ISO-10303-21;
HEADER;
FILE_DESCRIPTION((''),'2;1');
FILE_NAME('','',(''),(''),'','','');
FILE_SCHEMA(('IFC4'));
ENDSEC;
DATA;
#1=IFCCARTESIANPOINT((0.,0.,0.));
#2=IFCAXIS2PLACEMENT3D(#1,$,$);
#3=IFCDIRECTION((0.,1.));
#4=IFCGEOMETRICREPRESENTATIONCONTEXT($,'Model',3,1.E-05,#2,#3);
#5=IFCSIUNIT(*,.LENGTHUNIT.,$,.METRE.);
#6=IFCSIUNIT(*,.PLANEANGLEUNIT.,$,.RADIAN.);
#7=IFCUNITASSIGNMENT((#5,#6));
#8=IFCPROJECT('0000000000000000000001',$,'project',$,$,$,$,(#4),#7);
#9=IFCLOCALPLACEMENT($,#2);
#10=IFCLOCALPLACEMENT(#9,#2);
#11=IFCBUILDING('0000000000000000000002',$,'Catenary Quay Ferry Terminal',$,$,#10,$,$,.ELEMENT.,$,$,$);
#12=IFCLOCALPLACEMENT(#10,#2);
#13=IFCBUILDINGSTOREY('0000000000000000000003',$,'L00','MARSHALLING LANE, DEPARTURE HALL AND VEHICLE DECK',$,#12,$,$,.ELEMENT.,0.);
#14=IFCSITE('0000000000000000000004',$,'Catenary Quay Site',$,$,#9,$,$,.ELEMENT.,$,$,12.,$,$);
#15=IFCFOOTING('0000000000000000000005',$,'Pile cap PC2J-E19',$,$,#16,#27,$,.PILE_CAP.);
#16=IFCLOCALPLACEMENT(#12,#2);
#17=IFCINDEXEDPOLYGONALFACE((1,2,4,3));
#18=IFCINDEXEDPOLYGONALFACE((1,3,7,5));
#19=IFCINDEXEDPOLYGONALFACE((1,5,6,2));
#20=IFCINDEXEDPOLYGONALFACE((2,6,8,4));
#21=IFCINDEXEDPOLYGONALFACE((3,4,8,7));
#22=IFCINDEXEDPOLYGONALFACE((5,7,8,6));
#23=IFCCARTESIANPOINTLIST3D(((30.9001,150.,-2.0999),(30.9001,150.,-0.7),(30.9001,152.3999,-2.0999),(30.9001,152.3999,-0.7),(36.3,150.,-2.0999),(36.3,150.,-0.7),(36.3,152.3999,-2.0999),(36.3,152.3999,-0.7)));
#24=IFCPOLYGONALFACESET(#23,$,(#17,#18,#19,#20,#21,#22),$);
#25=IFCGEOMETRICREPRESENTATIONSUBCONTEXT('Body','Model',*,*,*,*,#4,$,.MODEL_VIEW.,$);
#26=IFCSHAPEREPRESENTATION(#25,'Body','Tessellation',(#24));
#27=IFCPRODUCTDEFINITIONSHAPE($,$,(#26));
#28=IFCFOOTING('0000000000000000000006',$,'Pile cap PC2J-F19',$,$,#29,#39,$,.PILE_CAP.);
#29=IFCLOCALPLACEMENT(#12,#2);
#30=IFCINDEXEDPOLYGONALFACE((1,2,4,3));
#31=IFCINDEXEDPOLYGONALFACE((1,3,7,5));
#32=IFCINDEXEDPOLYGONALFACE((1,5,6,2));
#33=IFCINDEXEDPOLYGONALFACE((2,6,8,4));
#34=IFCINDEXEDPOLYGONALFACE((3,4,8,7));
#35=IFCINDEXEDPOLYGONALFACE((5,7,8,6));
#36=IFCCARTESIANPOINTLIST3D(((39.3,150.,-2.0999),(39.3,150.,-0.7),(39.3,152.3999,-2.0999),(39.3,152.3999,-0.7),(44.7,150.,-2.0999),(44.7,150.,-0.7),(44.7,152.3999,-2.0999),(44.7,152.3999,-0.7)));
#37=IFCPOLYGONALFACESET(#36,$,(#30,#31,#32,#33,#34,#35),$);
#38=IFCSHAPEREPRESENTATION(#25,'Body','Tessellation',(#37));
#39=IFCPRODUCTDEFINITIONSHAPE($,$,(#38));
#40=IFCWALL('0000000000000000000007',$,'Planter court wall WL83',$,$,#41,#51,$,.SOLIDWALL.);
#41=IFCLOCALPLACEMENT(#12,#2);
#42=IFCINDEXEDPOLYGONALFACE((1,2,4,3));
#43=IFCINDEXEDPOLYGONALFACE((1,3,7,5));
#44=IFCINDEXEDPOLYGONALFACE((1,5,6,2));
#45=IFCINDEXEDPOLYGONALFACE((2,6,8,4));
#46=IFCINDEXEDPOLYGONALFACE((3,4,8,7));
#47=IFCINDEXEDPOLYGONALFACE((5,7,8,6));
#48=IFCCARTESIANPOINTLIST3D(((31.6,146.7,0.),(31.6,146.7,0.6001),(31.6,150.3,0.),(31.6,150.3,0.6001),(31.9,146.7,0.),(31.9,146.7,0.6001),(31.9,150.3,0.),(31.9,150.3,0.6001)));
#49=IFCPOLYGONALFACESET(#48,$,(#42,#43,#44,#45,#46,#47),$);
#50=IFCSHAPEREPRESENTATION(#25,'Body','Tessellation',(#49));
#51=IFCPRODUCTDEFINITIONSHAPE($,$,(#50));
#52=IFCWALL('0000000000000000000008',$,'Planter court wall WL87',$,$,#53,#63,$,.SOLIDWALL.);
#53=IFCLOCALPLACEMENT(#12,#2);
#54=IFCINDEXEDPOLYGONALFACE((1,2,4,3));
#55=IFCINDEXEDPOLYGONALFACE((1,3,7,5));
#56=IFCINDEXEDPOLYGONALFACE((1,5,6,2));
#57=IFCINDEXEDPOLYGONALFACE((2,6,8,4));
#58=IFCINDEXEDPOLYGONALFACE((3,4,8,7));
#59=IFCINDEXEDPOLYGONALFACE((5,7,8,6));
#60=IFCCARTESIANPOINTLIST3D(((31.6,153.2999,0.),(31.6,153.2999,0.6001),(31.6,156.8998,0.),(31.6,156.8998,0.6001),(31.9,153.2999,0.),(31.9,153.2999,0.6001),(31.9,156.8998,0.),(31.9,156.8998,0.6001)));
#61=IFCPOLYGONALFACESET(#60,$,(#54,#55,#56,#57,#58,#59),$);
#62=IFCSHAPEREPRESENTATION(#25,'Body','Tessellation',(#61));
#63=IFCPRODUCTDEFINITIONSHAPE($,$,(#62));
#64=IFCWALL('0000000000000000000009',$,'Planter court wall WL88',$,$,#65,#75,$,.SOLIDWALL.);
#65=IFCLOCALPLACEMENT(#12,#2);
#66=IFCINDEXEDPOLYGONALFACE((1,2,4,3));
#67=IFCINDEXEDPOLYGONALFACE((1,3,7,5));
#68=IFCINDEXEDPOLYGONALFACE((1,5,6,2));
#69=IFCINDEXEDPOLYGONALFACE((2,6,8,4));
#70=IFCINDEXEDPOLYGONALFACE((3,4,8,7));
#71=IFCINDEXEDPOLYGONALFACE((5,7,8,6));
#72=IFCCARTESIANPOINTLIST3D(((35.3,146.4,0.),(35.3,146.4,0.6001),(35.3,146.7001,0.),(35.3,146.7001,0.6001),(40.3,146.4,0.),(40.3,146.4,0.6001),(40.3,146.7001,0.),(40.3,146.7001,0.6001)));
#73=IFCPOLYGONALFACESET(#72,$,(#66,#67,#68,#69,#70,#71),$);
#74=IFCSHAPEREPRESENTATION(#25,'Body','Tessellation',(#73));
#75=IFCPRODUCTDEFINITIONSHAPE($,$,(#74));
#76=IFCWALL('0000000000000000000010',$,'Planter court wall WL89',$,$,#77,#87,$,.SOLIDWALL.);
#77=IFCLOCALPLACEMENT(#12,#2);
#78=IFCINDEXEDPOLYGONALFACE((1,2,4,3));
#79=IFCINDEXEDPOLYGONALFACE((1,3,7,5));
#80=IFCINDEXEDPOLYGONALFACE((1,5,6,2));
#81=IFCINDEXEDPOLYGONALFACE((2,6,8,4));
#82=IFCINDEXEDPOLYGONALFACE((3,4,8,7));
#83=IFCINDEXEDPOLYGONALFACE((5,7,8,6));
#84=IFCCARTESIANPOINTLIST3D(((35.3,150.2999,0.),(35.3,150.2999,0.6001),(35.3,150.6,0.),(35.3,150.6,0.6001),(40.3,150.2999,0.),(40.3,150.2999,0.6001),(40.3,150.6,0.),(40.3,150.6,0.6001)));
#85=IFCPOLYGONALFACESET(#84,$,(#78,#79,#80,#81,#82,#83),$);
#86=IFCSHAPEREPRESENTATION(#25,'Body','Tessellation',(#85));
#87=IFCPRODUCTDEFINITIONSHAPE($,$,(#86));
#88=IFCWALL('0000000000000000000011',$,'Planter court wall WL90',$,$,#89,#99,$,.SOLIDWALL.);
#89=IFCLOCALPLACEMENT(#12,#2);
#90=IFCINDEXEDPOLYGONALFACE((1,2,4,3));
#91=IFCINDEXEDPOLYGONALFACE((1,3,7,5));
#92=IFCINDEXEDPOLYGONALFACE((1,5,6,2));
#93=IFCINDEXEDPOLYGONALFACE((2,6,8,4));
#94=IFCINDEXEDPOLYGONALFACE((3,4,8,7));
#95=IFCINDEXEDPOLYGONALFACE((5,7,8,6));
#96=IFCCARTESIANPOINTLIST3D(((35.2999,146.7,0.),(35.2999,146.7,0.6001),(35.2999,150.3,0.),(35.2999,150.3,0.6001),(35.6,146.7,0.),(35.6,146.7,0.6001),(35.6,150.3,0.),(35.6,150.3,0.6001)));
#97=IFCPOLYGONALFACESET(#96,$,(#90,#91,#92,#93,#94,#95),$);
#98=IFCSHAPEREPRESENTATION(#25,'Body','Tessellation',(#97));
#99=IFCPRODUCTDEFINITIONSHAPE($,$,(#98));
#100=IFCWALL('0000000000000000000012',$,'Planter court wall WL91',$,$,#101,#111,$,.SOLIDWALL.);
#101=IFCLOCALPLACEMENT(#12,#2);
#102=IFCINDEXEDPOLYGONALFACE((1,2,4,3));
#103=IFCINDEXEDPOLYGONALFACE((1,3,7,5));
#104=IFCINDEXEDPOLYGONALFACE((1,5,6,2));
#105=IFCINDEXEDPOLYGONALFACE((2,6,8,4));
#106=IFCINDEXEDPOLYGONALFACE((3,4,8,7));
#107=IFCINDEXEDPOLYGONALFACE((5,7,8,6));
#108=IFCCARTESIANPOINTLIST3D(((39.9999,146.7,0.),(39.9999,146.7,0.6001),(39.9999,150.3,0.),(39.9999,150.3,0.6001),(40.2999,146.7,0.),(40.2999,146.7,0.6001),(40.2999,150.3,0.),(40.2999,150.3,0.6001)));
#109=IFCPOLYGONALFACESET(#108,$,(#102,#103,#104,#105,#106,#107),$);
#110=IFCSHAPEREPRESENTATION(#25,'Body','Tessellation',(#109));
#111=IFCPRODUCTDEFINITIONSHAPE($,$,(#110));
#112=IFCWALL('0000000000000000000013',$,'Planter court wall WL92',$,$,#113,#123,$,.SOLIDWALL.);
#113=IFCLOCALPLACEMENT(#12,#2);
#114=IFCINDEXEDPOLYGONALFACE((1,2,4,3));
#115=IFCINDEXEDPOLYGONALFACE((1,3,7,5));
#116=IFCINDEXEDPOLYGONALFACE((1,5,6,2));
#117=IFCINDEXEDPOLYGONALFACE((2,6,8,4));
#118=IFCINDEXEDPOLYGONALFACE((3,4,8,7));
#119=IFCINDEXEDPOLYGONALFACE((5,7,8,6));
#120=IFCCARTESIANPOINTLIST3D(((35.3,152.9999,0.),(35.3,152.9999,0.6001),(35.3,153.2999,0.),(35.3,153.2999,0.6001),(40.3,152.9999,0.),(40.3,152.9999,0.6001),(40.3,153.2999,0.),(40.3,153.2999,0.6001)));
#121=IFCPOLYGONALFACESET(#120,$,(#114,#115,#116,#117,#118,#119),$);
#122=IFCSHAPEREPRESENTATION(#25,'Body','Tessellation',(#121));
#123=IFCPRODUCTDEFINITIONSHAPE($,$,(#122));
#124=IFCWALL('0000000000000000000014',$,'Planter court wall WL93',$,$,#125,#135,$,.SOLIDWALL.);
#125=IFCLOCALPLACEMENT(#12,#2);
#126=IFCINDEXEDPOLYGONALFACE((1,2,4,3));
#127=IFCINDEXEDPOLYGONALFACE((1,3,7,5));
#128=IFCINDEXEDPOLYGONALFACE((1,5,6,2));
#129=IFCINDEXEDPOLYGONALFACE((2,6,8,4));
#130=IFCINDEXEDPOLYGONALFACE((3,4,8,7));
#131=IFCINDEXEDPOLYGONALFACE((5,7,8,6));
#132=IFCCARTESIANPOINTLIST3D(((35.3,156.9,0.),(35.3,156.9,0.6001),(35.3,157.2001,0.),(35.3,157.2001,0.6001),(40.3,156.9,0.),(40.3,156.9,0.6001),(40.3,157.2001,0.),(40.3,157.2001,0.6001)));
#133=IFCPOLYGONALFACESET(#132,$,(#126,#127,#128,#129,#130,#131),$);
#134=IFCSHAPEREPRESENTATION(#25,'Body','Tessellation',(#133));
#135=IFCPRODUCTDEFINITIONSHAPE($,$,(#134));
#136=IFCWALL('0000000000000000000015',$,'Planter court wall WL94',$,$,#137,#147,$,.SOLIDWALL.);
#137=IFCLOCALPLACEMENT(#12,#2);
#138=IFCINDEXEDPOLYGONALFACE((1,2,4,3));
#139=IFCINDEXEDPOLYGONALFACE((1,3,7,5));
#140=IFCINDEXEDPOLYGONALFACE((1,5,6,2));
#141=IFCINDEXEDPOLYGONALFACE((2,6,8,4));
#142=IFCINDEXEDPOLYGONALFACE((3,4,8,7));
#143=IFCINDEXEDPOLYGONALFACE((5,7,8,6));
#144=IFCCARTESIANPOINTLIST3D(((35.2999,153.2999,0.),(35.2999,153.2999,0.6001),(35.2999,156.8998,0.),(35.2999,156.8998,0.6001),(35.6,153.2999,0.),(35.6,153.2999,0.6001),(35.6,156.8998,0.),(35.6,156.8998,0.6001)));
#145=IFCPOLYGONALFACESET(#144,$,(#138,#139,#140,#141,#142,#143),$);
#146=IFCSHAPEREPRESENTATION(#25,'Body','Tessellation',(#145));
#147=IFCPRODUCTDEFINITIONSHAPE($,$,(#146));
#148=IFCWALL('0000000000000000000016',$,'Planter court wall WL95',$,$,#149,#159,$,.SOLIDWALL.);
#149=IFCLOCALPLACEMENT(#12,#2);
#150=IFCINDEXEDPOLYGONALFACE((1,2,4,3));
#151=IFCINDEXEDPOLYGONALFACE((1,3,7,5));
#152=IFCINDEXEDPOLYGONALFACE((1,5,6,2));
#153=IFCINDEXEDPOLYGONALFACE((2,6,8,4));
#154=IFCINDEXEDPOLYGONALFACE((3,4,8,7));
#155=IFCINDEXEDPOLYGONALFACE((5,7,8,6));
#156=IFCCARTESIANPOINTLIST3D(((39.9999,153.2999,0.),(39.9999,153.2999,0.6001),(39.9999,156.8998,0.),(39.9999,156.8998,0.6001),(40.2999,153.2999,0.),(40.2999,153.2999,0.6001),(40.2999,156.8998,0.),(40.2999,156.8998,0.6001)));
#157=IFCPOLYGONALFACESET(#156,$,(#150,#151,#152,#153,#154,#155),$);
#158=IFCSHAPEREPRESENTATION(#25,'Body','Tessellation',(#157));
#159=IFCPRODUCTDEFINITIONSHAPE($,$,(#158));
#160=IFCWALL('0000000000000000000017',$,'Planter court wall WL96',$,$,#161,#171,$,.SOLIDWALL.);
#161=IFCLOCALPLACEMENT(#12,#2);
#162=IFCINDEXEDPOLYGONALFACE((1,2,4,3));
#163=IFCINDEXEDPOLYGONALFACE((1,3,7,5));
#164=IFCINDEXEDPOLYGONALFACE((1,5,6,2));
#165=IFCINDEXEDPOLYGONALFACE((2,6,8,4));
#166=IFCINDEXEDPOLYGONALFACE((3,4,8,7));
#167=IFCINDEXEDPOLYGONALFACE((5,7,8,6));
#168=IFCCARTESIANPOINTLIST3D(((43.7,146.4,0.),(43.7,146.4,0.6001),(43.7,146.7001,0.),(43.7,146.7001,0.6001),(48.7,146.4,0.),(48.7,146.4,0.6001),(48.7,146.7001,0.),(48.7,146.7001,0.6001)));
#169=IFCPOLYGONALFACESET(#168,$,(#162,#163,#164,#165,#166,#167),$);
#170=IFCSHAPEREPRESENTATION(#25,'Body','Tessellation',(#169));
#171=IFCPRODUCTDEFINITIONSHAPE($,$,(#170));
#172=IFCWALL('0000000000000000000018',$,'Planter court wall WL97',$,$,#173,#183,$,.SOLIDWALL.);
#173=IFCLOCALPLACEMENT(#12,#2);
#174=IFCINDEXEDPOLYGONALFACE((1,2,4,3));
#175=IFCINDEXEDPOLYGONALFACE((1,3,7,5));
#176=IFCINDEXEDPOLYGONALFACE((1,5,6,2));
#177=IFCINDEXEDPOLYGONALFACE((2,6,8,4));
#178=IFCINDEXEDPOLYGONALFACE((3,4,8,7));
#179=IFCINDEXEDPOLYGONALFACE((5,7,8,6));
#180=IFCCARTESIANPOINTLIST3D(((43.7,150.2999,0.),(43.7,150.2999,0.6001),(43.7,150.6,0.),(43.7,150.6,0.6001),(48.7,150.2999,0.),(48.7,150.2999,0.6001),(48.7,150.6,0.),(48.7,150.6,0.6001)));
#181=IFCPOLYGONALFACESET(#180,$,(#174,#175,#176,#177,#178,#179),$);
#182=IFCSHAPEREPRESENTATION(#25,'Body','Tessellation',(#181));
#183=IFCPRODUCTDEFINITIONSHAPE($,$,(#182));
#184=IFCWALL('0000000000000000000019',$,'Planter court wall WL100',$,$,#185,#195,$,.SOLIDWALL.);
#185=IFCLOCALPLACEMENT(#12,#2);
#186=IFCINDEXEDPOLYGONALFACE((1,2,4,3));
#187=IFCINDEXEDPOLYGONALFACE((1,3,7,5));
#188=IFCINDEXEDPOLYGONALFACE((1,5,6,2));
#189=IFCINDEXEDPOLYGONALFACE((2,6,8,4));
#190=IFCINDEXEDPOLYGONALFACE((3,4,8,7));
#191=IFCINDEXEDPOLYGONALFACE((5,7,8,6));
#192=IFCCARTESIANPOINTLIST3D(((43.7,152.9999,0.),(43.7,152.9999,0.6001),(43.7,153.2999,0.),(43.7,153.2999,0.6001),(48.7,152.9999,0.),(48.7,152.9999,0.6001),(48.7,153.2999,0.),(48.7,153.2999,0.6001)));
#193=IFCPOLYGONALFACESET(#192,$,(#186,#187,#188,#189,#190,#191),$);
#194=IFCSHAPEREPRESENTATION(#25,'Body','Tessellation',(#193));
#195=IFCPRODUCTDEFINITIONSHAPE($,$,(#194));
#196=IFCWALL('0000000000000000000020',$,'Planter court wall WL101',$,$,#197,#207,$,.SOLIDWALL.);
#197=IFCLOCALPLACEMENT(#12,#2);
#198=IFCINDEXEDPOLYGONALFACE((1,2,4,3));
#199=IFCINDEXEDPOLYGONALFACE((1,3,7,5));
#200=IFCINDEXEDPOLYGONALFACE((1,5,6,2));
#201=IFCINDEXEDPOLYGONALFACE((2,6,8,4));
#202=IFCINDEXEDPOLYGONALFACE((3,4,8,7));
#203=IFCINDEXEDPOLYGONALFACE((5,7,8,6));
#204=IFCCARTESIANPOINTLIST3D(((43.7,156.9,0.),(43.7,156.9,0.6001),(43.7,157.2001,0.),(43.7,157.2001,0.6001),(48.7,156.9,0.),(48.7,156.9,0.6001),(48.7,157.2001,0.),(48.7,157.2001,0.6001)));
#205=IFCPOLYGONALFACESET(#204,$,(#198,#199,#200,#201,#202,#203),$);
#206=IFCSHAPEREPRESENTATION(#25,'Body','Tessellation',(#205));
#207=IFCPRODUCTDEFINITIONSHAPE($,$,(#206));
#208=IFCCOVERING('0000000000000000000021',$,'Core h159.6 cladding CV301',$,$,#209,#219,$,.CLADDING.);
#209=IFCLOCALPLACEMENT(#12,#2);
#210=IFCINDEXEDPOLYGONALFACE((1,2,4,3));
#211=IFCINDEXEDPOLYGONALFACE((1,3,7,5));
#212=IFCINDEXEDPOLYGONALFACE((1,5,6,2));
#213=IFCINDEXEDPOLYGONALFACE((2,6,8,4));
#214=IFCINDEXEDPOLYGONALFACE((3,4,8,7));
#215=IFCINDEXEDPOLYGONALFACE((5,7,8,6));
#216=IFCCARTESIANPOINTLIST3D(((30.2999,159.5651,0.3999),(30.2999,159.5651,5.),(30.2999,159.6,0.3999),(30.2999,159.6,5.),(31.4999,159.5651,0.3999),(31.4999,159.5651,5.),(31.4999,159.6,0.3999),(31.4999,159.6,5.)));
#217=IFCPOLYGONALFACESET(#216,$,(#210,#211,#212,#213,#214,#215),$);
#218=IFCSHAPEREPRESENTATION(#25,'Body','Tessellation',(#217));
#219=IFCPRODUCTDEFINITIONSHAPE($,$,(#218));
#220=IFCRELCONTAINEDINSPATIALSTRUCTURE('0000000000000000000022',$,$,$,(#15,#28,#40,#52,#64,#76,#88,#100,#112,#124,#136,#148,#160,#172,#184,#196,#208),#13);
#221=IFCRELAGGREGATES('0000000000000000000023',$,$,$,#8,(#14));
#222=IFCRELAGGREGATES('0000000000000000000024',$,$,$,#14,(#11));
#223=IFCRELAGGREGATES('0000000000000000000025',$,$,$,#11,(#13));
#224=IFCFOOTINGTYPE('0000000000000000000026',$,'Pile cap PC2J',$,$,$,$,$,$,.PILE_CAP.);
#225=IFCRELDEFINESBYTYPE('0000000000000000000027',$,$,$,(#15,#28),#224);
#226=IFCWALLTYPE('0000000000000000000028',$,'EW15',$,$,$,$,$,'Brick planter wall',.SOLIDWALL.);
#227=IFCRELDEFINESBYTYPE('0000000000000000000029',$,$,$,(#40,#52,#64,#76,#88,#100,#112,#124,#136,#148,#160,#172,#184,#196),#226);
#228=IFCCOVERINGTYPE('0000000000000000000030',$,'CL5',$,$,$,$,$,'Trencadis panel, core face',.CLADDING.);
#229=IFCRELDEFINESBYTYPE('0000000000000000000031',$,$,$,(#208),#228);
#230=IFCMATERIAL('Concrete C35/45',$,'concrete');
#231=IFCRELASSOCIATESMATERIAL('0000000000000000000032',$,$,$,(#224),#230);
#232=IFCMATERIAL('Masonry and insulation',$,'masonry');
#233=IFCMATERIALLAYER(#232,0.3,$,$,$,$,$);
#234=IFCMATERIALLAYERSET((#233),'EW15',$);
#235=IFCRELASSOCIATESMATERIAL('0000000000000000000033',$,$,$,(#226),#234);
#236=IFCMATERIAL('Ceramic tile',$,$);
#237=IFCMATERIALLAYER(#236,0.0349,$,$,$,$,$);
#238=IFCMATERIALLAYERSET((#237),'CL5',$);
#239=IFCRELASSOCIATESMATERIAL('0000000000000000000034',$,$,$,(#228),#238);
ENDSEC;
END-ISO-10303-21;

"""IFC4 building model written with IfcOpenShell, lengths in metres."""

from ifc_helpers import new_model, si_unit, direction, frame, frame_2d, origin, origin_2d, place, context, subcontext, project, spatial, rectangle, extrude, material, layer, layer_set, type_object, element, save


model = new_model("IFC4")

# Units and contexts
model_context = context("Model", 3, precision=1e-05, world=origin(), true_north=direction((0.0, 1.0)))
body_context = subcontext(model_context, "Body", "Model", "MODEL_VIEW")
ifc_project = project(units=[si_unit("LENGTHUNIT", "METRE"), si_unit("PLANEANGLEUNIT", "RADIAN")], contexts=[model_context])

# Site, building, storey
site_placement = place(None, origin())
site = spatial("IfcSite", under=ifc_project, at=site_placement, Name="Catenary Quay Site", CompositionType="ELEMENT", RefElevation=12.0)
building_placement = place(site_placement, origin())
building = spatial("IfcBuilding", under=site, at=building_placement, Name="Catenary Quay Ferry Terminal", CompositionType="ELEMENT")
storey_placement = place(building_placement, origin())
storey = spatial("IfcBuildingStorey", under=building, at=storey_placement, Name="L00", Description="MARSHALLING LANE, DEPARTURE HALL AND VEHICLE DECK", CompositionType="ELEMENT", Elevation=0.0)

# Footings
ifc_material_1 = material(Name="Concrete C35/45", Category="concrete")
footing_type = type_object("IfcFootingType", Name="Pile cap PC2J", PredefinedType="PILE_CAP", material=ifc_material_1)
for number, where, z_axis, x_axis, name in (
    (1, (33.6001, 151.2, -2.0999), (0.0, 0.0, 1.0), (1.0, 0.0, 0.0), "Pile cap PC2J-E19"),
    (2, (42.0, 151.2, -2.0999), (0.0, 0.0, 1.0), (1.0, 0.0, 0.0), "Pile cap PC2J-F19"),
):
    element("IfcFooting", number, at=place(storey_placement, frame(where, z_axis=z_axis, x_axis=x_axis)), inside=storey, type_object=footing_type, Name=name, PredefinedType="PILE_CAP", context=body_context, shape_type="SweptSolid", body=[
        extrude(rectangle(XDim=5.3999, YDim=2.3999, at=origin_2d()), origin(), (0.0, 0.0, 1.0), 1.3999),
    ])

# Walls
ifc_material_2 = material(Name="Masonry and insulation", Category="masonry")
ifc_layer_1 = layer(ifc_material_2, 0.3)
ifc_layer_set_1 = layer_set([ifc_layer_1], Name="EW15")
wall_type = type_object("IfcWallType", Name="EW15", ElementType="Brick planter wall", PredefinedType="SOLIDWALL", material=ifc_layer_set_1)
wall_1_placement = place(storey_placement, frame((31.75, 146.7, 0.0), z_axis=(0.0, 0.0, 1.0), x_axis=(0.0, 1.0, 0.0)))
element("IfcWall", 3, at=wall_1_placement, inside=storey, type_object=wall_type, Name="Planter court wall WL83", PredefinedType="SOLIDWALL", context=body_context, shape_type="SweptSolid", body=[
    extrude(rectangle(XDim=3.6001, YDim=0.3, at=frame_2d((1.8, 0.0))), origin(), (0.0, 0.0, 1.0), 0.6001),
])
wall_2_placement = place(storey_placement, frame((31.75, 153.3, 0.0), z_axis=(0.0, 0.0, 1.0), x_axis=(0.0, 1.0, 0.0)))
element("IfcWall", 4, at=wall_2_placement, inside=storey, type_object=wall_type, Name="Planter court wall WL87", PredefinedType="SOLIDWALL", context=body_context, shape_type="SweptSolid", body=[
    extrude(rectangle(XDim=3.5999, YDim=0.3, at=frame_2d((1.7998, 0.0))), origin(), (0.0, 0.0, 1.0), 0.6001),
])
for number, where, z_axis, x_axis, name in (
    (5, (35.3, 146.55, 0.0), (0.0, 0.0, 1.0), (1.0, 0.0, 0.0), "Planter court wall WL88"),
    (6, (35.3, 150.45, 0.0), (0.0, 0.0, 1.0), (1.0, 0.0, 0.0), "Planter court wall WL89"),
):
    element("IfcWall", number, at=place(storey_placement, frame(where, z_axis=z_axis, x_axis=x_axis)), inside=storey, type_object=wall_type, Name=name, PredefinedType="SOLIDWALL", context=body_context, shape_type="SweptSolid", body=[
        extrude(rectangle(XDim=5.0, YDim=0.3, at=frame_2d((2.5, 0.0))), origin(), (0.0, 0.0, 1.0), 0.6001),
    ])
for number, where, z_axis, x_axis, name in (
    (7, (35.45, 146.7, 0.0), (0.0, 0.0, 1.0), (0.0, 1.0, 0.0), "Planter court wall WL90"),
    (8, (40.1499, 146.7, 0.0), (0.0, 0.0, 1.0), (0.0, 1.0, 0.0), "Planter court wall WL91"),
):
    element("IfcWall", number, at=place(storey_placement, frame(where, z_axis=z_axis, x_axis=x_axis)), inside=storey, type_object=wall_type, Name=name, PredefinedType="SOLIDWALL", context=body_context, shape_type="SweptSolid", body=[
        extrude(rectangle(XDim=3.6001, YDim=0.3, at=frame_2d((1.8, 0.0))), origin(), (0.0, 0.0, 1.0), 0.6001),
    ])
for number, where, z_axis, x_axis, name in (
    (9, (35.3, 153.1499, 0.0), (0.0, 0.0, 1.0), (1.0, 0.0, 0.0), "Planter court wall WL92"),
    (10, (35.3, 157.05, 0.0), (0.0, 0.0, 1.0), (1.0, 0.0, 0.0), "Planter court wall WL93"),
):
    element("IfcWall", number, at=place(storey_placement, frame(where, z_axis=z_axis, x_axis=x_axis)), inside=storey, type_object=wall_type, Name=name, PredefinedType="SOLIDWALL", context=body_context, shape_type="SweptSolid", body=[
        extrude(rectangle(XDim=5.0, YDim=0.3, at=frame_2d((2.5, 0.0))), origin(), (0.0, 0.0, 1.0), 0.6001),
    ])
for number, where, z_axis, x_axis, name in (
    (11, (35.45, 153.3, 0.0), (0.0, 0.0, 1.0), (0.0, 1.0, 0.0), "Planter court wall WL94"),
    (12, (40.1499, 153.3, 0.0), (0.0, 0.0, 1.0), (0.0, 1.0, 0.0), "Planter court wall WL95"),
):
    element("IfcWall", number, at=place(storey_placement, frame(where, z_axis=z_axis, x_axis=x_axis)), inside=storey, type_object=wall_type, Name=name, PredefinedType="SOLIDWALL", context=body_context, shape_type="SweptSolid", body=[
        extrude(rectangle(XDim=3.5999, YDim=0.3, at=frame_2d((1.7998, 0.0))), origin(), (0.0, 0.0, 1.0), 0.6001),
    ])
for number, where, z_axis, x_axis, name in (
    (13, (43.7, 146.55, 0.0), (0.0, 0.0, 1.0), (1.0, 0.0, 0.0), "Planter court wall WL96"),
    (14, (43.7, 150.45, 0.0), (0.0, 0.0, 1.0), (1.0, 0.0, 0.0), "Planter court wall WL97"),
    (15, (43.7, 153.1499, 0.0), (0.0, 0.0, 1.0), (1.0, 0.0, 0.0), "Planter court wall WL100"),
    (16, (43.7, 157.05, 0.0), (0.0, 0.0, 1.0), (1.0, 0.0, 0.0), "Planter court wall WL101"),
):
    element("IfcWall", number, at=place(storey_placement, frame(where, z_axis=z_axis, x_axis=x_axis)), inside=storey, type_object=wall_type, Name=name, PredefinedType="SOLIDWALL", context=body_context, shape_type="SweptSolid", body=[
        extrude(rectangle(XDim=5.0, YDim=0.3, at=frame_2d((2.5, 0.0))), origin(), (0.0, 0.0, 1.0), 0.6001),
    ])

# Covering
ifc_material_3 = material(Name="Ceramic tile")
ifc_layer_2 = layer(ifc_material_3, 0.0349)
ifc_layer_set_2 = layer_set([ifc_layer_2], Name="CL5")
covering_type_1 = type_object("IfcCoveringType", Name="CL5", ElementType="Trencadis panel, core face", PredefinedType="CLADDING", material=ifc_layer_set_2)
covering_1_placement = place(storey_placement, frame((30.8999, 159.5825, 0.3999), z_axis=(0.0, 0.0, 1.0), x_axis=(1.0, 0.0, 0.0)))
element("IfcCovering", 17, at=covering_1_placement, inside=storey, type_object=covering_type_1, Name="Core h159.6 cladding CV301", PredefinedType="CLADDING", context=body_context, shape_type="SweptSolid", body=[
    extrude(rectangle(XDim=1.2, YDim=0.0349, at=origin_2d()), origin(), (0.0, 0.0, 1.0), 4.6001),
])

save(model, "model.ifc")
